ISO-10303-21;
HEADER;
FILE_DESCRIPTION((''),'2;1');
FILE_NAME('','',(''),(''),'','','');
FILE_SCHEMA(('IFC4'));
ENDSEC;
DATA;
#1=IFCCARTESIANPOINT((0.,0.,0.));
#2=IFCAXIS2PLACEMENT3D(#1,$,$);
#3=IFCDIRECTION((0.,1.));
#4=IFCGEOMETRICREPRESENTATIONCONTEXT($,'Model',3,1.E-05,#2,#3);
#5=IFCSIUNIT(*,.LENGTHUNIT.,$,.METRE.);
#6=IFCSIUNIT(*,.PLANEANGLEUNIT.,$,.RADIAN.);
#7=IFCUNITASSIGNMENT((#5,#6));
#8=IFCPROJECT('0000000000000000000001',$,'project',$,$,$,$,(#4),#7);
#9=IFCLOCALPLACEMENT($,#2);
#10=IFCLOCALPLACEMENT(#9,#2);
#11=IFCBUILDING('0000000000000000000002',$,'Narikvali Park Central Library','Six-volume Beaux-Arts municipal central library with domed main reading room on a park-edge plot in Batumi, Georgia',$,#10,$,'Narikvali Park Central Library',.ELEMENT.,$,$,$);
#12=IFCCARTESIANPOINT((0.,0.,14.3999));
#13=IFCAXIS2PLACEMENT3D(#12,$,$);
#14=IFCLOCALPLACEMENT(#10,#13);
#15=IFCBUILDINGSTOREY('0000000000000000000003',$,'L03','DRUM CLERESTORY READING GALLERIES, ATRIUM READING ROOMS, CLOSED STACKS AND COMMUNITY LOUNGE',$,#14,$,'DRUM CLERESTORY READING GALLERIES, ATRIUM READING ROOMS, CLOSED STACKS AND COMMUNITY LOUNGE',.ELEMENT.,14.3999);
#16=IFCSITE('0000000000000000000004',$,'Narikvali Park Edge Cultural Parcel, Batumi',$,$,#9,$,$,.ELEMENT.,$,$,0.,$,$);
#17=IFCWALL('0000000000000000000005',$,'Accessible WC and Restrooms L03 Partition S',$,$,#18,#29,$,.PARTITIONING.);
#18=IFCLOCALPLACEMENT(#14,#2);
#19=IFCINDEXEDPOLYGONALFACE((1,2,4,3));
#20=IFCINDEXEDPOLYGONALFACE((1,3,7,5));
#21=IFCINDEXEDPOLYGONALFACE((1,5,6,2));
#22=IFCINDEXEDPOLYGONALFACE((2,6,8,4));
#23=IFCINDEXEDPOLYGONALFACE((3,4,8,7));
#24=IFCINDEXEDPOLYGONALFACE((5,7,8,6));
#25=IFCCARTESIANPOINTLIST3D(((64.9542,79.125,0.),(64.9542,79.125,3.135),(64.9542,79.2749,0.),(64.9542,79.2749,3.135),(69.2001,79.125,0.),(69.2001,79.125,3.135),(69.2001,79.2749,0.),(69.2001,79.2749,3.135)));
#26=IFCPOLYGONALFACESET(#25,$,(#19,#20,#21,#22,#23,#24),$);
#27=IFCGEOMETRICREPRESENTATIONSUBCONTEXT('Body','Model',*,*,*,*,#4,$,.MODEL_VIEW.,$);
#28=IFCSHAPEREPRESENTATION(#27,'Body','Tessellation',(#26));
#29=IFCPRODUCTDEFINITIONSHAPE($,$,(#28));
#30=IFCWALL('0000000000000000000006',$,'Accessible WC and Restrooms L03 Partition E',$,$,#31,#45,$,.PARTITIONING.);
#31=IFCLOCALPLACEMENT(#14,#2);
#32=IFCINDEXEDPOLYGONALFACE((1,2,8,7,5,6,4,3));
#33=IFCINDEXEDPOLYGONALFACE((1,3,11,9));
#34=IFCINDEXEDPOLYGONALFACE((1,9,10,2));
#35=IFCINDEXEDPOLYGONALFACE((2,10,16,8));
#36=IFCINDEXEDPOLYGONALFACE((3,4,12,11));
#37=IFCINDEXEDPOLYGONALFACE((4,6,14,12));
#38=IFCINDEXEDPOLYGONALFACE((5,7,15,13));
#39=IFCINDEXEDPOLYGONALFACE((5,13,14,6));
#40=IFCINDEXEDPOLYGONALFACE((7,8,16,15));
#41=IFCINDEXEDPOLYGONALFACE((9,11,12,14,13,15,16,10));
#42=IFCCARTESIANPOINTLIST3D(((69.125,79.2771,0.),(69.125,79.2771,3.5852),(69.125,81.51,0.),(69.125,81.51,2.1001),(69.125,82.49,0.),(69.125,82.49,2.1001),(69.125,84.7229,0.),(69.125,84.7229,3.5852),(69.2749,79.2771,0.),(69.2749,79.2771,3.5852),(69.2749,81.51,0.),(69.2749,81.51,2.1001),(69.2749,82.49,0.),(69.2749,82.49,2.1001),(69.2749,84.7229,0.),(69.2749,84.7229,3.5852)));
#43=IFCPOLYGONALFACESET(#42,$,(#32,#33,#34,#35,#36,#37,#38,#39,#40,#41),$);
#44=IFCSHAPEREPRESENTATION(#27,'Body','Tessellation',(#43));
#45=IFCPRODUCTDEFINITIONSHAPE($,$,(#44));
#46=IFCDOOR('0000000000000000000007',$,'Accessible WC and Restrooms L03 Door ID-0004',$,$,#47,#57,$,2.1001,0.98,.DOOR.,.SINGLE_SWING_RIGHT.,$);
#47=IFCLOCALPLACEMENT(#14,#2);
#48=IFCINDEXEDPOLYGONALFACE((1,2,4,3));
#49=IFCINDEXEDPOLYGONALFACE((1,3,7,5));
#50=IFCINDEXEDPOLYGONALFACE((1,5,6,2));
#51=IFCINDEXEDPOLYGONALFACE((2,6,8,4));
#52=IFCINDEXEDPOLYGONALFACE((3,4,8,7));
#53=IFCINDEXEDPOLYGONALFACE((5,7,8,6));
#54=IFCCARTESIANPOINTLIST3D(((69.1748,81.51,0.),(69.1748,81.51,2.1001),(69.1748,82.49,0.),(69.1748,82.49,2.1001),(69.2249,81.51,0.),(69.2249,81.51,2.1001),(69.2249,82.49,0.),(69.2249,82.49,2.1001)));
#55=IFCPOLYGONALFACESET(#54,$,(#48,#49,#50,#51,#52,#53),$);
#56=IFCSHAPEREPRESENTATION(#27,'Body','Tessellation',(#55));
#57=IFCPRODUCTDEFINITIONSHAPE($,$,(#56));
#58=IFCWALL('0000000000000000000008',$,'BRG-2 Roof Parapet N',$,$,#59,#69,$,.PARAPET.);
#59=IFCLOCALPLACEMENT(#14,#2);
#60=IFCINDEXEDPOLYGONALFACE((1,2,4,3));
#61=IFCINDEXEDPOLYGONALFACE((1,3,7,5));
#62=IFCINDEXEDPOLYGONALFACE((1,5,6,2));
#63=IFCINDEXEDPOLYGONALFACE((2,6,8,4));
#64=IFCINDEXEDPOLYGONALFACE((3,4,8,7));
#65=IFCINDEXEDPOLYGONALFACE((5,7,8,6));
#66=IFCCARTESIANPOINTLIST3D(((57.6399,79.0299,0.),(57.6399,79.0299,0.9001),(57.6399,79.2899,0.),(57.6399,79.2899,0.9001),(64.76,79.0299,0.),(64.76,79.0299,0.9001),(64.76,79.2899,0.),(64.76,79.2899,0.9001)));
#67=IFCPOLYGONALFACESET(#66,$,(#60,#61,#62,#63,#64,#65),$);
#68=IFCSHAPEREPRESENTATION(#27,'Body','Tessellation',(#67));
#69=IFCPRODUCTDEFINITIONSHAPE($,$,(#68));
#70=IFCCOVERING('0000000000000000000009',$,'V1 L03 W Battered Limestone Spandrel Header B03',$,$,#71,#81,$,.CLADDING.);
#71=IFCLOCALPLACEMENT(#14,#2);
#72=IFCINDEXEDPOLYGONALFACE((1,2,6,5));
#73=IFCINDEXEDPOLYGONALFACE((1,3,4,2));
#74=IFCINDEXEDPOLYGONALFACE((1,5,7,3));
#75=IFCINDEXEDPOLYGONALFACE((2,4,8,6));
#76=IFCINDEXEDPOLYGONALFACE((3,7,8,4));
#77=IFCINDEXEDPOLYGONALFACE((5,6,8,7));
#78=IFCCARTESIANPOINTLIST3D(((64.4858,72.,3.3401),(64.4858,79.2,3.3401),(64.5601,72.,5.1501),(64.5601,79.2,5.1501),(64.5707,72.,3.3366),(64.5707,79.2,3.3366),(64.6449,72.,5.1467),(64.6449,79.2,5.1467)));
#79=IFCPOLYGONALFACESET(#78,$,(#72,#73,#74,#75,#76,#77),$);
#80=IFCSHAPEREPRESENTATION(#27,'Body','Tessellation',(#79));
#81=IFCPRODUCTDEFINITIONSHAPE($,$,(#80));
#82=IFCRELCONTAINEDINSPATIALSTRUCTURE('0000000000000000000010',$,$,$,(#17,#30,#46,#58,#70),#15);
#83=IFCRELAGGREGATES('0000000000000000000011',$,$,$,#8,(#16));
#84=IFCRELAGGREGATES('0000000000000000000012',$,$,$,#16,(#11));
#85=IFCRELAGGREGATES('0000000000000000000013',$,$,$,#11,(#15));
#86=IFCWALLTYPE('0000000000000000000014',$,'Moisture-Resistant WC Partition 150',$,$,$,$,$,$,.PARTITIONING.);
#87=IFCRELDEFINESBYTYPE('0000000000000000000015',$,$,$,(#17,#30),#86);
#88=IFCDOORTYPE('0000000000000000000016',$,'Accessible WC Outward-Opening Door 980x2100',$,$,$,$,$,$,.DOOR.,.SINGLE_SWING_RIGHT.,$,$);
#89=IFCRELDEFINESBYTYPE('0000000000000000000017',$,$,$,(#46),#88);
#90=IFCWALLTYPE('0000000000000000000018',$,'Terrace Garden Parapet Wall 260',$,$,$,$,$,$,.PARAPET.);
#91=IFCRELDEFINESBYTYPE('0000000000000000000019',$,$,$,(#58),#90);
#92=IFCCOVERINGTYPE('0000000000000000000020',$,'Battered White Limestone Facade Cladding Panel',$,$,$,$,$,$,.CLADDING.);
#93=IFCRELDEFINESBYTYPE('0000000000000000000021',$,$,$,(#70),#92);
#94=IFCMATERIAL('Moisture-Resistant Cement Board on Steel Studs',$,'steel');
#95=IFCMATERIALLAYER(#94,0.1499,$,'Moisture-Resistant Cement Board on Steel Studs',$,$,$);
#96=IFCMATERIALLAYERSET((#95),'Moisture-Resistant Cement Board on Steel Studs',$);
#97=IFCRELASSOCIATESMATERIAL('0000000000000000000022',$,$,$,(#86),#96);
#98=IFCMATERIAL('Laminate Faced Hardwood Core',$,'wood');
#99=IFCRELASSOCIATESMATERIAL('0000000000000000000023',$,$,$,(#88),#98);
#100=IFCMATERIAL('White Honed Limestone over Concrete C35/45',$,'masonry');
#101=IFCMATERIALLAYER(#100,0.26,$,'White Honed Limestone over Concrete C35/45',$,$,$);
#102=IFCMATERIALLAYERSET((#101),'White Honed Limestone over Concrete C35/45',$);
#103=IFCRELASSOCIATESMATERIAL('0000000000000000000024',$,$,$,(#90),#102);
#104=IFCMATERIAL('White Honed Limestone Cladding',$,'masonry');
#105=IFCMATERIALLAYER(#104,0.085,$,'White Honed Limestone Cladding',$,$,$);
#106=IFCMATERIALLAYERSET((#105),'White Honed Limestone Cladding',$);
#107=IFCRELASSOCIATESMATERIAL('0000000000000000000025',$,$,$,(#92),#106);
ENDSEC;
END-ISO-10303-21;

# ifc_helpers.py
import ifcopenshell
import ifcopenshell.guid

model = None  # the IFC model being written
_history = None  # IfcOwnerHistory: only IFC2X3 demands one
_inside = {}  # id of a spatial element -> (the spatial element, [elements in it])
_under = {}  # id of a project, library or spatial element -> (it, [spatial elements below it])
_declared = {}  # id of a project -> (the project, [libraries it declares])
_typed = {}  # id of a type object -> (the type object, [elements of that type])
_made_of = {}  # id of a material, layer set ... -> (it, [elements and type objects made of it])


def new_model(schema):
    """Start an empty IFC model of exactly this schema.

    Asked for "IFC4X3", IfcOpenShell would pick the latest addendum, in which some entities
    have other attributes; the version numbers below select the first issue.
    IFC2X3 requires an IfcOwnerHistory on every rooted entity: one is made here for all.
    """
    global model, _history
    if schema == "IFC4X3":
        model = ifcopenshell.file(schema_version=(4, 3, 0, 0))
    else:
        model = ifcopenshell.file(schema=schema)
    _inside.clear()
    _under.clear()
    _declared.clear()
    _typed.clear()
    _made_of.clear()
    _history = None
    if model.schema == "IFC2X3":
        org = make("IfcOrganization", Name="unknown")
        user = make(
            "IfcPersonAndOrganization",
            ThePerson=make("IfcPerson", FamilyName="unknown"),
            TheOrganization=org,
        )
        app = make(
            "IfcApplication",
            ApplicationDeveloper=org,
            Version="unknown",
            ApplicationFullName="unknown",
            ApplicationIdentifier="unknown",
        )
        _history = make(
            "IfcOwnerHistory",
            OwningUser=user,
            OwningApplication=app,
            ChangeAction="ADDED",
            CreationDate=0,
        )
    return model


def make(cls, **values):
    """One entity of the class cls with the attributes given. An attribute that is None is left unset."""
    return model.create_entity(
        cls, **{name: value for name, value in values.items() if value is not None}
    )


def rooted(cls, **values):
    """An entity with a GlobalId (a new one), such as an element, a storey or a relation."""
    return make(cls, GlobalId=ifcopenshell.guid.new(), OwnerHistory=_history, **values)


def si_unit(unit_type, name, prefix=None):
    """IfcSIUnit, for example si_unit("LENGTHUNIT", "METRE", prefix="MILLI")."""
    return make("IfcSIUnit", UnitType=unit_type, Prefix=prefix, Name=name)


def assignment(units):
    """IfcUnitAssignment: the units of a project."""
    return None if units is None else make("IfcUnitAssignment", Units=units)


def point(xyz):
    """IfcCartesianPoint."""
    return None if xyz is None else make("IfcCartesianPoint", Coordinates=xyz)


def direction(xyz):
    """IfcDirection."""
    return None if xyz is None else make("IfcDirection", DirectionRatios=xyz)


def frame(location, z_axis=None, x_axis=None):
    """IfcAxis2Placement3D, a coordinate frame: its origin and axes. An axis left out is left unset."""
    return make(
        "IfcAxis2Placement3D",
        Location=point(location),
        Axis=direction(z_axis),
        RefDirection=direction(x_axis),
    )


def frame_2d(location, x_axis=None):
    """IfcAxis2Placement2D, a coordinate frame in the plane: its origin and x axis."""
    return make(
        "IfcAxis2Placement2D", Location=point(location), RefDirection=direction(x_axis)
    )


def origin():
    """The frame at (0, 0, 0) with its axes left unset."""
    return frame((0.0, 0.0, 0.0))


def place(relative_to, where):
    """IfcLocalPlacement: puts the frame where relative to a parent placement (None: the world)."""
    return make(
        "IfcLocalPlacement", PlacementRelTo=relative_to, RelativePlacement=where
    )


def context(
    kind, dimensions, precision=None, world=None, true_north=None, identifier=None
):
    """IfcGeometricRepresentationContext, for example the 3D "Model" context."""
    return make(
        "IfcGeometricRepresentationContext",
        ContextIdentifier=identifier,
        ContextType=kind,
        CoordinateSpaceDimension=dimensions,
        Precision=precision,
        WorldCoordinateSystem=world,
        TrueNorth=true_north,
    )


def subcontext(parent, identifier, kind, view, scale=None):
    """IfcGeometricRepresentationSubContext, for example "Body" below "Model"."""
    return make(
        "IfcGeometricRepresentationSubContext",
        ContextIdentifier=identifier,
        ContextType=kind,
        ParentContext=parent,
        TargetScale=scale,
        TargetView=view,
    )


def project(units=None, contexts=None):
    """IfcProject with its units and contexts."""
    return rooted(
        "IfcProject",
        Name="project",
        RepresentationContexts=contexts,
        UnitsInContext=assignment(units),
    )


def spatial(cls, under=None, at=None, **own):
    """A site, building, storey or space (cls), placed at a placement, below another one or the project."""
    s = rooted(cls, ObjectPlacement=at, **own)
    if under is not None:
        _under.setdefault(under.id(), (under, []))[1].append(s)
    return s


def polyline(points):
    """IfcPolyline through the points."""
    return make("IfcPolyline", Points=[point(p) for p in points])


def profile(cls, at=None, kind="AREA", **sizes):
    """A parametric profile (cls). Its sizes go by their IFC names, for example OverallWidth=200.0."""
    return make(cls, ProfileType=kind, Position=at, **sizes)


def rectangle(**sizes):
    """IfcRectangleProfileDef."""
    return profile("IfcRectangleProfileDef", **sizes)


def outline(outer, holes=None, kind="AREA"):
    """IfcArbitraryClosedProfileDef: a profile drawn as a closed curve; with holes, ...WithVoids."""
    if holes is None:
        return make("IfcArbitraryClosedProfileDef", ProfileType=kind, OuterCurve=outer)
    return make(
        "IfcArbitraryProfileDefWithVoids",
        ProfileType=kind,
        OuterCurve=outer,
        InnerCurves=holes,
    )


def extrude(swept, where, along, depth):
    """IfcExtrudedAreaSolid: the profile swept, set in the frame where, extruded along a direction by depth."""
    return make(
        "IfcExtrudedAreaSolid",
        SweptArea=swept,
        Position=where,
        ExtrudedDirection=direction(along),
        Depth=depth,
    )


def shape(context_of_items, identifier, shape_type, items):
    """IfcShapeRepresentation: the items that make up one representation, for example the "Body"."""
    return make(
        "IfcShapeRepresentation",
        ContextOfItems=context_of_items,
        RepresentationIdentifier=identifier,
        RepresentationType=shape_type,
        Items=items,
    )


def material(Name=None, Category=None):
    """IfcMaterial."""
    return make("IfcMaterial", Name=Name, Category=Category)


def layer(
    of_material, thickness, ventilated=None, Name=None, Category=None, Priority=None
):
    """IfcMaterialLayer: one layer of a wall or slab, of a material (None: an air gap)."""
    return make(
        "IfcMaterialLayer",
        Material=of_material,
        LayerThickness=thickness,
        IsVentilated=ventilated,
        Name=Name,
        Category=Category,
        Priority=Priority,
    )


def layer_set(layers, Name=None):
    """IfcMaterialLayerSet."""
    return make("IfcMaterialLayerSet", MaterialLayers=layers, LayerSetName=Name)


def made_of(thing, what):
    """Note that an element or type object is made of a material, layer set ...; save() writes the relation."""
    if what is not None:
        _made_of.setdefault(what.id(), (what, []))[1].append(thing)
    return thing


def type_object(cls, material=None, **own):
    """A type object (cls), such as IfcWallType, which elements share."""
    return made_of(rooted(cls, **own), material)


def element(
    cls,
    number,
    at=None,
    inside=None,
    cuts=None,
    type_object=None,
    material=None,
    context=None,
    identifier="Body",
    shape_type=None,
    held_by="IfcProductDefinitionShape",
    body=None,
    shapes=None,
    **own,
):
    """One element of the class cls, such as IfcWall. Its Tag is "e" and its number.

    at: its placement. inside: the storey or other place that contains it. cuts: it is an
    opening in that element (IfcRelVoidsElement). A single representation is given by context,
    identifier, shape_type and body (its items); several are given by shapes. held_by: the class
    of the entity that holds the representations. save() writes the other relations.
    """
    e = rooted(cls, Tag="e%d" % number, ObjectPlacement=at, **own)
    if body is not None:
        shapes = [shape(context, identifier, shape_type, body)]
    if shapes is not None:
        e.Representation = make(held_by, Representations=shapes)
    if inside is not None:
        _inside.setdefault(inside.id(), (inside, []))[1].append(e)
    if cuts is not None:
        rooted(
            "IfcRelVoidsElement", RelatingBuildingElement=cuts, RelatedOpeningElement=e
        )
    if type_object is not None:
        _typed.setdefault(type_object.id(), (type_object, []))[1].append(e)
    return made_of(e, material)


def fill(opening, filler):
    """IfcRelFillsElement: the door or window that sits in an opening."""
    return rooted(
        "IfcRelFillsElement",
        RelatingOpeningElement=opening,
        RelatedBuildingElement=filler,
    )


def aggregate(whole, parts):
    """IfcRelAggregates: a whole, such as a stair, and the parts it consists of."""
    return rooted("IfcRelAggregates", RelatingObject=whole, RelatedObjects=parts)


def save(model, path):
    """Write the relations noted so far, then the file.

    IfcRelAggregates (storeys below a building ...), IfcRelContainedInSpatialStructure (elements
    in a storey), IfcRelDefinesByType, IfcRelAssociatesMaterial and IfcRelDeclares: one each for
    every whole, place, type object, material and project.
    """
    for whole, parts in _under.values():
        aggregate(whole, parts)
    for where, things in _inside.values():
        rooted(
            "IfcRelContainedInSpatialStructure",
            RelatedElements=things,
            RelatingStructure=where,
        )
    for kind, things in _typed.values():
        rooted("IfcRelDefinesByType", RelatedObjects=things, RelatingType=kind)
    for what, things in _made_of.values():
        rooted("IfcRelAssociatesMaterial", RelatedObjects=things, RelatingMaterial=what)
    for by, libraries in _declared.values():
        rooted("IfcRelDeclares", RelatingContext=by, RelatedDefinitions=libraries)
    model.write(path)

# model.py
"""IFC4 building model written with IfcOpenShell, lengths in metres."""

from ifc_helpers import new_model, si_unit, direction, frame, frame_2d, origin, place, context, subcontext, project, spatial, polyline, rectangle, outline, extrude, material, layer, layer_set, type_object, element, fill, save


model = new_model("IFC4")

# Units and contexts
model_context = context("Model", 3, precision=1e-05, world=origin(), true_north=direction((0.0, 1.0)))
body_context = subcontext(model_context, "Body", "Model", "MODEL_VIEW")
ifc_project = project(units=[si_unit("LENGTHUNIT", "METRE"), si_unit("PLANEANGLEUNIT", "RADIAN")], contexts=[model_context])

# Site, building, storey
site_placement = place(None, origin())
site = spatial("IfcSite", under=ifc_project, at=site_placement, Name="Narikvali Park Edge Cultural Parcel, Batumi", CompositionType="ELEMENT", RefElevation=0.0)
building_placement = place(site_placement, origin())
building = spatial("IfcBuilding", under=site, at=building_placement, Name="Narikvali Park Central Library", Description="Six-volume Beaux-Arts municipal central library with domed main reading room on a park-edge plot in Batumi, Georgia", LongName="Narikvali Park Central Library", CompositionType="ELEMENT")
storey_placement = place(building_placement, frame((0.0, 0.0, 14.3999)))
storey = spatial("IfcBuildingStorey", under=building, at=storey_placement, Name="L03", Description="DRUM CLERESTORY READING GALLERIES, ATRIUM READING ROOMS, CLOSED STACKS AND COMMUNITY LOUNGE", LongName="DRUM CLERESTORY READING GALLERIES, ATRIUM READING ROOMS, CLOSED STACKS AND COMMUNITY LOUNGE", CompositionType="ELEMENT", Elevation=14.3999)

# Wall
ifc_material_1 = material(Name="Moisture-Resistant Cement Board on Steel Studs", Category="steel")
ifc_layer_1 = layer(ifc_material_1, 0.1499, Name="Moisture-Resistant Cement Board on Steel Studs")
ifc_layer_set_1 = layer_set([ifc_layer_1], Name="Moisture-Resistant Cement Board on Steel Studs")
wall_type_1 = type_object("IfcWallType", Name="Moisture-Resistant WC Partition 150", PredefinedType="PARTITIONING", material=ifc_layer_set_1)
wall_1_placement = place(storey_placement, frame((64.9541, 79.2, 0.0), z_axis=(0.0, 0.0, 1.0), x_axis=(1.0, 0.0, 0.0)))
element("IfcWall", 1, at=wall_1_placement, inside=storey, type_object=wall_type_1, Name="Accessible WC and Restrooms L03 Partition S", PredefinedType="PARTITIONING", context=body_context, shape_type="SweptSolid", body=[
    extrude(rectangle(XDim=4.2458, YDim=0.1499, at=frame_2d((2.123, 0.0))), origin(), (0.0, 0.0, 1.0), 3.135),
])

# Wall, opening, door
wall_2_placement = place(storey_placement, frame((69.2, 79.2771, 0.0), z_axis=(0.0, 0.0, 1.0), x_axis=(0.0, 1.0, 0.0)))
wall_2 = element("IfcWall", 2, at=wall_2_placement, inside=storey, type_object=wall_type_1, Name="Accessible WC and Restrooms L03 Partition E", PredefinedType="PARTITIONING", context=body_context, shape_type="SweptSolid", body=[
    extrude(rectangle(XDim=5.4458, YDim=0.1499, at=frame_2d((2.7229, 0.0))), origin(), (0.0, 0.0, 1.0), 3.5852),
])
opening_placement = place(wall_2_placement, frame((2.2329, 0.0, 0.0)))
opening = element("IfcOpeningElement", 3, at=opening_placement, cuts=wall_2, PredefinedType="OPENING", context=body_context, shape_type="SweptSolid", body=[
    extrude(rectangle(XDim=0.98, YDim=2.1001, at=frame_2d((0.49, 1.05))), frame((0.0, 0.0869, 0.0), z_axis=(0.0, -1.0, 0.0), x_axis=(1.0, 0.0, 0.0)), (0.0, 0.0, 1.0), 0.1738),
])
ifc_material_2 = material(Name="Laminate Faced Hardwood Core", Category="wood")
door_type = type_object("IfcDoorType", Name="Accessible WC Outward-Opening Door 980x2100", OperationType="SINGLE_SWING_RIGHT", PredefinedType="DOOR", material=ifc_material_2)
door_placement = place(opening_placement, frame((0.98, 0.0, 0.0), z_axis=(0.0, 0.0, 1.0), x_axis=(-1.0, 0.0, 0.0)))
door = element("IfcDoor", 4, at=door_placement, inside=storey, type_object=door_type, Name="Accessible WC and Restrooms L03 Door ID-0004", OperationType="SINGLE_SWING_RIGHT", OverallHeight=2.1001, OverallWidth=0.98, PredefinedType="DOOR", context=body_context, shape_type="SweptSolid", body=[
    extrude(rectangle(XDim=0.98, YDim=2.1001, at=frame_2d((0.49, 1.05))), frame((0.0, 0.0249, 0.0), z_axis=(0.0, -1.0, 0.0), x_axis=(1.0, 0.0, 0.0)), (0.0, 0.0, 1.0), 0.05),
])
fill(opening, door)

# Wall
ifc_material_3 = material(Name="White Honed Limestone over Concrete C35/45", Category="masonry")
ifc_layer_2 = layer(ifc_material_3, 0.26, Name="White Honed Limestone over Concrete C35/45")
ifc_layer_set_2 = layer_set([ifc_layer_2], Name="White Honed Limestone over Concrete C35/45")
wall_type_2 = type_object("IfcWallType", Name="Terrace Garden Parapet Wall 260", PredefinedType="PARAPET", material=ifc_layer_set_2)
wall_3_placement = place(storey_placement, frame((64.76, 79.1599, 0.0), z_axis=(0.0, 0.0, 1.0), x_axis=(-1.0, 0.0, 0.0)))
element("IfcWall", 5, at=wall_3_placement, inside=storey, type_object=wall_type_2, Name="BRG-2 Roof Parapet N", PredefinedType="PARAPET", context=body_context, shape_type="SweptSolid", body=[
    extrude(rectangle(XDim=7.1201, YDim=0.26, at=frame_2d((3.5601, 0.0))), origin(), (0.0, 0.0, 1.0), 0.9001),
])

# Covering
ifc_material_4 = material(Name="White Honed Limestone Cladding", Category="masonry")
ifc_layer_3 = layer(ifc_material_4, 0.085, Name="White Honed Limestone Cladding")
ifc_layer_set_3 = layer_set([ifc_layer_3], Name="White Honed Limestone Cladding")
covering_type = type_object("IfcCoveringType", Name="Battered White Limestone Facade Cladding Panel", PredefinedType="CLADDING", material=ifc_layer_set_3)
covering_placement = place(storey_placement, frame((64.4858, 79.2, 3.3401), z_axis=(-0.99916, 0.0, 0.040969), x_axis=(0.0, -1.0, 0.0)))
element("IfcCovering", 6, at=covering_placement, inside=storey, type_object=covering_type, Name="V1 L03 W Battered Limestone Spandrel Header B03", PredefinedType="CLADDING", context=body_context, shape_type="SweptSolid", body=[
    extrude(outline(polyline([(0.0, 0.0), (7.2, 0.0), (7.2, 1.8116), (0.0, 1.8116), (0.0, 0.0)])), origin(), (0.0, 0.0, -1.0), 0.085),
])

save(model, "model.ifc")
